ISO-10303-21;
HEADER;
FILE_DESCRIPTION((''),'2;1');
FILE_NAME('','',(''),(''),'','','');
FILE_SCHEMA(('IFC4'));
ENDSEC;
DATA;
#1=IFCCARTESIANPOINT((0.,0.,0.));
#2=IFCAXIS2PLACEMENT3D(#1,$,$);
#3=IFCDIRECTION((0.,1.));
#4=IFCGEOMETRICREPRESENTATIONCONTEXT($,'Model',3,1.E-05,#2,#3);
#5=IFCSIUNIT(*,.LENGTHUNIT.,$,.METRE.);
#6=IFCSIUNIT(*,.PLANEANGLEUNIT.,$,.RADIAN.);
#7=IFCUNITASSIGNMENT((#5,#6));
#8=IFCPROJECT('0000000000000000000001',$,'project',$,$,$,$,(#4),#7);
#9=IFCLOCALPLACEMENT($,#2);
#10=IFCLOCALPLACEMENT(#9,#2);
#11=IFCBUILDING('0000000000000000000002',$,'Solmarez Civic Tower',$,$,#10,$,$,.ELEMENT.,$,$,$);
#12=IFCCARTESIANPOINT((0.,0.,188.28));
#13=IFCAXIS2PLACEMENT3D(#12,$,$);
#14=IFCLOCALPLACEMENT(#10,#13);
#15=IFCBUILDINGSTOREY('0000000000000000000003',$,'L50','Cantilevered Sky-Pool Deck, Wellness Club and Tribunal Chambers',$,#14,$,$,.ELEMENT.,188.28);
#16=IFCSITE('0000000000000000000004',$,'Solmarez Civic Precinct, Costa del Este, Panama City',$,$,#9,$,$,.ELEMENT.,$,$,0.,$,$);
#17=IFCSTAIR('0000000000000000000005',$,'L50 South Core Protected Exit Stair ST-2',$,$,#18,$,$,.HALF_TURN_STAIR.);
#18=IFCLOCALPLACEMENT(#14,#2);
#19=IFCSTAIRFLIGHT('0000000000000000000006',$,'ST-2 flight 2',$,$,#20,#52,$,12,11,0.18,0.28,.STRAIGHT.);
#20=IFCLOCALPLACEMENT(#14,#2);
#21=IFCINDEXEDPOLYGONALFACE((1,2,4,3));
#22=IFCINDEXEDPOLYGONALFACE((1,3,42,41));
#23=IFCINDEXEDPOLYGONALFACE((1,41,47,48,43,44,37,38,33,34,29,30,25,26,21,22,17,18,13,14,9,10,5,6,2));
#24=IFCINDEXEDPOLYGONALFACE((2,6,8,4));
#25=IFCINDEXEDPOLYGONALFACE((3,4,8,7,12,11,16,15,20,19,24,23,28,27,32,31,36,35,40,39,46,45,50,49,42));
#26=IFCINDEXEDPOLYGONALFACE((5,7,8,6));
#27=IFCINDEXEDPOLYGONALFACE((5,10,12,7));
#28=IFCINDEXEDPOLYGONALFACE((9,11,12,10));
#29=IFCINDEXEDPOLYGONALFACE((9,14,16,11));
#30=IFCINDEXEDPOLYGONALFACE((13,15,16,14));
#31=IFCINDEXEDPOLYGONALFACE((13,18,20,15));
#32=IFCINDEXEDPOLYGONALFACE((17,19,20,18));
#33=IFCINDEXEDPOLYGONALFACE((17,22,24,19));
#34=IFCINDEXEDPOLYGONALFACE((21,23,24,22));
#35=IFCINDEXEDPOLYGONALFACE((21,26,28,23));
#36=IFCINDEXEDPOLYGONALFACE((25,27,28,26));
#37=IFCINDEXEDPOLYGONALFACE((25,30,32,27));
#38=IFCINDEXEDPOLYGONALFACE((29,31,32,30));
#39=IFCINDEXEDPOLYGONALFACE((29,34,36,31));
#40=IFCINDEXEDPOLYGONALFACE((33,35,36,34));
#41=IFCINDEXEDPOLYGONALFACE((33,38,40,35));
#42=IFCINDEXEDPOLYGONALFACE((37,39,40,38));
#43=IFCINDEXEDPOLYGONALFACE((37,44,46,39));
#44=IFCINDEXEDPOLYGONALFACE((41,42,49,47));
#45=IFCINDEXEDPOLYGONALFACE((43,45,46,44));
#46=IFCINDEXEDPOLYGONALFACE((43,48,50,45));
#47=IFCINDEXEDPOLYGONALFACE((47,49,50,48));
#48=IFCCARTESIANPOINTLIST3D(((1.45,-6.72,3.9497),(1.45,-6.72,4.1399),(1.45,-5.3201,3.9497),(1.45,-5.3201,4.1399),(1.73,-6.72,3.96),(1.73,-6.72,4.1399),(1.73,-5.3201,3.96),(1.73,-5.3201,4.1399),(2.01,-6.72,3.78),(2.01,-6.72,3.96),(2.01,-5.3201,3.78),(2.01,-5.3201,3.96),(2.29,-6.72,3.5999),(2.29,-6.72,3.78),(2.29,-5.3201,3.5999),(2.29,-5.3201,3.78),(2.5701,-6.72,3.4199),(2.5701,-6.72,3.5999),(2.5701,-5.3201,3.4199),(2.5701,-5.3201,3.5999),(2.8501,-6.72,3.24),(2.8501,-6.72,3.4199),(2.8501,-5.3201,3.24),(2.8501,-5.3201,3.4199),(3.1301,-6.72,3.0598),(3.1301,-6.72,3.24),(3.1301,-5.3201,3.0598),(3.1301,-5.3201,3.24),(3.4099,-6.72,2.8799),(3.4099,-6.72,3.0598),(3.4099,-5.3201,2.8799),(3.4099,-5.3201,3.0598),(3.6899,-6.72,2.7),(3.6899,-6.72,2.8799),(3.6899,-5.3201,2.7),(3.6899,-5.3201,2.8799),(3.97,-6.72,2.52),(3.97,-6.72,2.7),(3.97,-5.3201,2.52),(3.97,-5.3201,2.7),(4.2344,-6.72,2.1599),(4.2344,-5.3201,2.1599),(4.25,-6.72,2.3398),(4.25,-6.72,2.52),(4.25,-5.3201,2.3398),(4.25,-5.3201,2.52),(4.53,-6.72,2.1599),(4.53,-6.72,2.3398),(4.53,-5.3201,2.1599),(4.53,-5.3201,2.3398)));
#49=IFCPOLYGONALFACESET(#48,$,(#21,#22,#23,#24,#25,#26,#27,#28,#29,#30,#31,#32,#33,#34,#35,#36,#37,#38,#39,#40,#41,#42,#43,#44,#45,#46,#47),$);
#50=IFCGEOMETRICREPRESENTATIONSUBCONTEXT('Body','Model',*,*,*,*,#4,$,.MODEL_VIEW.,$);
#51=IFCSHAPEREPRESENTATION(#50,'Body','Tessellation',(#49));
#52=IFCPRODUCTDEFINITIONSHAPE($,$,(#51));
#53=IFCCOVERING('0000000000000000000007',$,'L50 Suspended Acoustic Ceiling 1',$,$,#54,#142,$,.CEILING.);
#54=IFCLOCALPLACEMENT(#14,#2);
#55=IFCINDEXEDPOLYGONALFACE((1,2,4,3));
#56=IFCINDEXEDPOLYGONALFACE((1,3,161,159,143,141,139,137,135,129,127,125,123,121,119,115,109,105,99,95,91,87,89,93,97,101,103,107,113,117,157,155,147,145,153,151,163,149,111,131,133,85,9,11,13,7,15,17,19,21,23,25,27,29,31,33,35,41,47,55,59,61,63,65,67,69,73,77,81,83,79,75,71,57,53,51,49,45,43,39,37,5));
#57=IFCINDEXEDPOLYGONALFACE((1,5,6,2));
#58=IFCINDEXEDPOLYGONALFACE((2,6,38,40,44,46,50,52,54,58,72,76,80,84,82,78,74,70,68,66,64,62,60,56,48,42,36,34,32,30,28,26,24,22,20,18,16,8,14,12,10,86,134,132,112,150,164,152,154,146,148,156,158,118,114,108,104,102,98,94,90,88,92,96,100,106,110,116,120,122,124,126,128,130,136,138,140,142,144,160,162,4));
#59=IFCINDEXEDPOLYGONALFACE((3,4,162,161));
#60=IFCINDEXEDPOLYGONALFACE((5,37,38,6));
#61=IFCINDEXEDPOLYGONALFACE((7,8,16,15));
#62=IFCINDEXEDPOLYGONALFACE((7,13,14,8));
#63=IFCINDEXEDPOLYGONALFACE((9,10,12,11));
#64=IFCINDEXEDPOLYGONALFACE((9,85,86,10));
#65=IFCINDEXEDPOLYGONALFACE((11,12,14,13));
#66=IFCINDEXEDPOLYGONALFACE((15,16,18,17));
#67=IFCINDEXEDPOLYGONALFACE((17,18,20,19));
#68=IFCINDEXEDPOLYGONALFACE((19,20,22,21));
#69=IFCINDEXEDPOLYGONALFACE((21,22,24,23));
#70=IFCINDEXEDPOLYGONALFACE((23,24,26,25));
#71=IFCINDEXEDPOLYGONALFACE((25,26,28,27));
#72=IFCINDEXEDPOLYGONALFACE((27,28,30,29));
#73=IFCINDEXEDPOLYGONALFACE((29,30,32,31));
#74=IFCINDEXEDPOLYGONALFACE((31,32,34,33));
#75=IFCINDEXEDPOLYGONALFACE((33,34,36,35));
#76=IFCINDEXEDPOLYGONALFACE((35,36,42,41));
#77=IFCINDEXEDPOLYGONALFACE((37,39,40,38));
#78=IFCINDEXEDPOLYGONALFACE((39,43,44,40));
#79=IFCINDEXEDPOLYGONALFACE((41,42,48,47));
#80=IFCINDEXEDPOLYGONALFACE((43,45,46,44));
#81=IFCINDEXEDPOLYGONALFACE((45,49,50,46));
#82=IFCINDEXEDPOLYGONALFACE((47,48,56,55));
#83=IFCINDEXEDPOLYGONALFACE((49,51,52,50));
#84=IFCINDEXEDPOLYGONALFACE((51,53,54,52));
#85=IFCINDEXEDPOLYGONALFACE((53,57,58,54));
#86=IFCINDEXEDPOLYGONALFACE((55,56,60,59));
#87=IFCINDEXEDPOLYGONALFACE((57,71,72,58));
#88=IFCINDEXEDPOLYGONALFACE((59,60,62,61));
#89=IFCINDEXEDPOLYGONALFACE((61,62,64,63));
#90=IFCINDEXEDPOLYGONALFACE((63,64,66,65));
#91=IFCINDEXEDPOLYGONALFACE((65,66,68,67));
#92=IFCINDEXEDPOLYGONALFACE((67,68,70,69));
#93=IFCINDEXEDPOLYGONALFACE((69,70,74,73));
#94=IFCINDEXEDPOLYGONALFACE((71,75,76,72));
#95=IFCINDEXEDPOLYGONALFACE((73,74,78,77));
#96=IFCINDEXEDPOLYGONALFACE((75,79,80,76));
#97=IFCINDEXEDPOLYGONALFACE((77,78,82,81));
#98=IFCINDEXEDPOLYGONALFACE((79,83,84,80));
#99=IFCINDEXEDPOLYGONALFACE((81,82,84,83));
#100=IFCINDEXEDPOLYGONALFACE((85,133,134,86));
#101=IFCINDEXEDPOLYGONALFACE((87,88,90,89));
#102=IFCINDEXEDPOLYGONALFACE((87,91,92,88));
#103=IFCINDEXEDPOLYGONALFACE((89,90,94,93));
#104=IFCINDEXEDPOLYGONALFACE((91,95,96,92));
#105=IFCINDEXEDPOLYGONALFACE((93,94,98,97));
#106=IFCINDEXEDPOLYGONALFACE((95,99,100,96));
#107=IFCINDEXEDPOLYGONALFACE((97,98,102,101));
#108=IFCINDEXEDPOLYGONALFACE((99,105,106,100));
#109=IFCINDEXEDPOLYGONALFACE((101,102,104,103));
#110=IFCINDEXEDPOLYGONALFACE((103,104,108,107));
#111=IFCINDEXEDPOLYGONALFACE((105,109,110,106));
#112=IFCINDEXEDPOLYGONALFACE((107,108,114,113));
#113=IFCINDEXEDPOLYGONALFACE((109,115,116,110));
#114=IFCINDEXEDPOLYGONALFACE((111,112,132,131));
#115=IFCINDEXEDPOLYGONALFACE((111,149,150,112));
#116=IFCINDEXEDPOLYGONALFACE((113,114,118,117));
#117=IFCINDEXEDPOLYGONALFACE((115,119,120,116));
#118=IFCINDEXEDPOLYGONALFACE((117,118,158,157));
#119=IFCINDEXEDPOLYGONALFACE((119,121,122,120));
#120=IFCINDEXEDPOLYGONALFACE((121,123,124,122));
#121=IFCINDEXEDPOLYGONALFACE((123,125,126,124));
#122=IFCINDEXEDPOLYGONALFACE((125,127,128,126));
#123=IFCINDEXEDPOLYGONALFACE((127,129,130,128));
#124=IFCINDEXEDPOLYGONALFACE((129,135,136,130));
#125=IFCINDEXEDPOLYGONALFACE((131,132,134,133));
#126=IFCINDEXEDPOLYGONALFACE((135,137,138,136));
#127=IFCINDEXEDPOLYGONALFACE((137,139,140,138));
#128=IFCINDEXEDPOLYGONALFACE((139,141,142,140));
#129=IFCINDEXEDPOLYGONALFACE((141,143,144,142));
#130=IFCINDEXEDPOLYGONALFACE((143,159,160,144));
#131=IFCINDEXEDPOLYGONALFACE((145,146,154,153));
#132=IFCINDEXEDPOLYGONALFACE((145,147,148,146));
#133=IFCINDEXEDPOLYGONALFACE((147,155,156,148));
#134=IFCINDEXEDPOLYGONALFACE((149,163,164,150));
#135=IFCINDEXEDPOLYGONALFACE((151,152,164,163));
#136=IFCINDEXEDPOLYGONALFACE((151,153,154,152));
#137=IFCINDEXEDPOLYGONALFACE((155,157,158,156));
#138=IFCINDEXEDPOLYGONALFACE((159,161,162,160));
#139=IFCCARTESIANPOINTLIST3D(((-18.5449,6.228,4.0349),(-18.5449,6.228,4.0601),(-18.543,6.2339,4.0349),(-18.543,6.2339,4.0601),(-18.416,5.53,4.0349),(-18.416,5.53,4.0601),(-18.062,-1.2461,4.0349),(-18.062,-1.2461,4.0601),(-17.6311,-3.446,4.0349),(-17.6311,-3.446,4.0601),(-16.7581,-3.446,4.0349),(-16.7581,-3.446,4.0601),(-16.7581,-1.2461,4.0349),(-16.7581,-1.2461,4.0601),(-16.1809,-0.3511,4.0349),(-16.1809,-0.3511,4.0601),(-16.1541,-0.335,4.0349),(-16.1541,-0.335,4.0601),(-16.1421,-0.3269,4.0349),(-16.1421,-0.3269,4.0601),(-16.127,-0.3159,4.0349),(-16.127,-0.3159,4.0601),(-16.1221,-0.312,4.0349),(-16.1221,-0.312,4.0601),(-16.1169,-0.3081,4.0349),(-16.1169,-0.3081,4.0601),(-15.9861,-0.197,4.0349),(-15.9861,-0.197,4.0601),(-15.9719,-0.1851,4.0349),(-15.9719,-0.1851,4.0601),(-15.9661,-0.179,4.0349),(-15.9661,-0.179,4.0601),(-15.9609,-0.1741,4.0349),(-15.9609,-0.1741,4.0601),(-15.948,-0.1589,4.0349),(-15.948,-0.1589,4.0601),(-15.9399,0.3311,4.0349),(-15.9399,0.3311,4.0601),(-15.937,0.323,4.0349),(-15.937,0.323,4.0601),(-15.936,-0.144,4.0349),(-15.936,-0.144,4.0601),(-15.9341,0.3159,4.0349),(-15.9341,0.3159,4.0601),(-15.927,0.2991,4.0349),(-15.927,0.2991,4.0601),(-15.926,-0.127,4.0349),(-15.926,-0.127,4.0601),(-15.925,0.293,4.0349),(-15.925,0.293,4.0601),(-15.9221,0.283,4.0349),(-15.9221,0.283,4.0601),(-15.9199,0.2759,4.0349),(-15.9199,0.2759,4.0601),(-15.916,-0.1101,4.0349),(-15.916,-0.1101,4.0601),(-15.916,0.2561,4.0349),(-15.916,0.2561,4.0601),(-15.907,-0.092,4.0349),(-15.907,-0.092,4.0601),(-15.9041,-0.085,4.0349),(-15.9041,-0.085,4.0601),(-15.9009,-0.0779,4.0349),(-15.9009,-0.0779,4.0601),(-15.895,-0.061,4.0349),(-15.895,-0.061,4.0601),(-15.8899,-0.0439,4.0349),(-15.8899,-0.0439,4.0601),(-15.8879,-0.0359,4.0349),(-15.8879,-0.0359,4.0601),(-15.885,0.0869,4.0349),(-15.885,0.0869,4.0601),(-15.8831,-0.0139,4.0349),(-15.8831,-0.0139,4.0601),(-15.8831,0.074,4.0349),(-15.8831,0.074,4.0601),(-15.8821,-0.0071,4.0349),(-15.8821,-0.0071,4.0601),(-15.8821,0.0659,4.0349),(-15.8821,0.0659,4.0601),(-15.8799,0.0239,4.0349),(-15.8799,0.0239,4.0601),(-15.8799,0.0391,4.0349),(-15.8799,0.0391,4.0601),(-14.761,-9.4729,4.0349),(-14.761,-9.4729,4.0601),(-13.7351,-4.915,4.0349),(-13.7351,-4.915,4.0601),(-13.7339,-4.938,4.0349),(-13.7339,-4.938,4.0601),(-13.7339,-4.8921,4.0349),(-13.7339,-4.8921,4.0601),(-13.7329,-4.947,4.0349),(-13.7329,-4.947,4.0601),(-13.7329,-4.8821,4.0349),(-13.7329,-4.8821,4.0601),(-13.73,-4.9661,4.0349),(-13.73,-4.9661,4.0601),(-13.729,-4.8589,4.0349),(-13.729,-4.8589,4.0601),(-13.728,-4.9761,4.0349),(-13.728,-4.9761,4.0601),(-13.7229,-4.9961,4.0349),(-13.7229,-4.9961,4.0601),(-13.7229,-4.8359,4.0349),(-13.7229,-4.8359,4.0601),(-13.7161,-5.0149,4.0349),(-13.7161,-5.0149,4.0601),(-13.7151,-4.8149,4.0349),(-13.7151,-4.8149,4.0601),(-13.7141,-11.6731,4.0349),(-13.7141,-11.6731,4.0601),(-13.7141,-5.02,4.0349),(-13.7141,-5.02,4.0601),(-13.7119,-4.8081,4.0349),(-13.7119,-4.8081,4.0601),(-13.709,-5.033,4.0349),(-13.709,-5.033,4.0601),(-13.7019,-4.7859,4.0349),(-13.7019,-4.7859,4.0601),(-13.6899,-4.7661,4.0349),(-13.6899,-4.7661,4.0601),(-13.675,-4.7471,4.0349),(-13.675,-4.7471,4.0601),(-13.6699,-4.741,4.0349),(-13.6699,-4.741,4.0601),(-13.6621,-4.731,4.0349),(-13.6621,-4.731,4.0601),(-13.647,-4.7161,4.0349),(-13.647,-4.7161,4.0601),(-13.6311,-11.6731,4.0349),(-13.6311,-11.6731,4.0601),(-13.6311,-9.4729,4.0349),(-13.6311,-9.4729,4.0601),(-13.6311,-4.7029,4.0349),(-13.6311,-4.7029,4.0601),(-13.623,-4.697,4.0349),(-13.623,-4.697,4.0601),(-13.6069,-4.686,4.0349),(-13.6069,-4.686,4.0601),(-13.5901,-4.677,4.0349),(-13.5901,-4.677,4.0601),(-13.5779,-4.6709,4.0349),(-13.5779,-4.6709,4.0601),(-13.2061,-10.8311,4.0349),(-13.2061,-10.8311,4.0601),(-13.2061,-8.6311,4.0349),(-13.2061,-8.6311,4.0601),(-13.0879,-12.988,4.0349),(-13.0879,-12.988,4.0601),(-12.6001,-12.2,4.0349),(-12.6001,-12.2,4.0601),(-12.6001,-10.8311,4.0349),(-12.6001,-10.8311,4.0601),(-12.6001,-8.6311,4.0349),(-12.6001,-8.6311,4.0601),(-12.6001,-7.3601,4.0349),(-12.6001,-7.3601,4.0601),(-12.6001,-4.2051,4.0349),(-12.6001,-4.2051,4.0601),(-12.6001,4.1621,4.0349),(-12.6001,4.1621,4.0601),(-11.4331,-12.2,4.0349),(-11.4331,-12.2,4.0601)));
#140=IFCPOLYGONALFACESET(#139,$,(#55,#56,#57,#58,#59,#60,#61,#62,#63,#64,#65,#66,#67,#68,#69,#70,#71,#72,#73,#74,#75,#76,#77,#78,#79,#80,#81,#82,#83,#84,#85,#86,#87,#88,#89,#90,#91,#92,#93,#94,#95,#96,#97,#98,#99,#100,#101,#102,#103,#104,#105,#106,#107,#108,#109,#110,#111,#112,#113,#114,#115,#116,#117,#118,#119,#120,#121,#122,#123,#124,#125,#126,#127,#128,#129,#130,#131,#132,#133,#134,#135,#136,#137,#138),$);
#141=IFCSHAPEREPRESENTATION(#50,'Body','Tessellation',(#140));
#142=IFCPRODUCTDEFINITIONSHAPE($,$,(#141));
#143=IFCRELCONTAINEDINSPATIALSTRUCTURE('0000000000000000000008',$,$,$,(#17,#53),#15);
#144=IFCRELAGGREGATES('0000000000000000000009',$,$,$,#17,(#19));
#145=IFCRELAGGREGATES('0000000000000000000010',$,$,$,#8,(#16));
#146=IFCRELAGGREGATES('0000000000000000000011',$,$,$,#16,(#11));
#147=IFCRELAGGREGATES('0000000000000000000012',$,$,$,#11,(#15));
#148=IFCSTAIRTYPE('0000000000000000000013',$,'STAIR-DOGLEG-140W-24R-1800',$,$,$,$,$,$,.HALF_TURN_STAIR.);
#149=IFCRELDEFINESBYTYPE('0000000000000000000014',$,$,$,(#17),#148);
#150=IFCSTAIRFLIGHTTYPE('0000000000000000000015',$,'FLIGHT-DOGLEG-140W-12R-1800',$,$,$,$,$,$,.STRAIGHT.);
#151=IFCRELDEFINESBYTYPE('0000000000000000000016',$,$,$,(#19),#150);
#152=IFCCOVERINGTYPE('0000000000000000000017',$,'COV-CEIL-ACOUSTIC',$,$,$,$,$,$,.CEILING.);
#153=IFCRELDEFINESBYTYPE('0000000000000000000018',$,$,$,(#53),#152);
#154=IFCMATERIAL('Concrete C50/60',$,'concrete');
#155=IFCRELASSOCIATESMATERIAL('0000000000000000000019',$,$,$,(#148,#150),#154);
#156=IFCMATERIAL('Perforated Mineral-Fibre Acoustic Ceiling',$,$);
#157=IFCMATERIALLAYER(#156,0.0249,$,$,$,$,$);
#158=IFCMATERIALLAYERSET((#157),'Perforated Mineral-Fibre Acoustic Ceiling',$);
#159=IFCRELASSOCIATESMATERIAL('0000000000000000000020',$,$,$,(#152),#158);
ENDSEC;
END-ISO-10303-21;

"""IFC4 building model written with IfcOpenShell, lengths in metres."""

from ifc_helpers import new_model, si_unit, direction, frame, origin, place, context, subcontext, project, spatial, polyline, outline, extrude, material, layer, layer_set, type_object, element, aggregate, save


model = new_model("IFC4")

# Units and contexts
model_context = context("Model", 3, precision=1e-05, world=origin(), true_north=direction((0.0, 1.0)))
body_context = subcontext(model_context, "Body", "Model", "MODEL_VIEW")
ifc_project = project(units=[si_unit("LENGTHUNIT", "METRE"), si_unit("PLANEANGLEUNIT", "RADIAN")], contexts=[model_context])

# Site, building, storey
site_placement = place(None, origin())
site = spatial("IfcSite", under=ifc_project, at=site_placement, Name="Solmarez Civic Precinct, Costa del Este, Panama City", CompositionType="ELEMENT", RefElevation=0.0)
building_placement = place(site_placement, origin())
building = spatial("IfcBuilding", under=site, at=building_placement, Name="Solmarez Civic Tower", CompositionType="ELEMENT")
storey_placement = place(building_placement, frame((0.0, 0.0, 188.28)))
storey = spatial("IfcBuildingStorey", under=building, at=storey_placement, Name="L50", Description="Cantilevered Sky-Pool Deck, Wellness Club and Tribunal Chambers", CompositionType="ELEMENT", Elevation=188.28)

# Shared definitions
ifc_material_1 = material(Name="Concrete C50/60", Category="concrete")

# Stair
stair_type = type_object("IfcStairType", Name="STAIR-DOGLEG-140W-24R-1800", PredefinedType="HALF_TURN_STAIR", material=ifc_material_1)
stair_1_placement = place(storey_placement, origin())
stair_1 = element("IfcStair", 1, at=stair_1_placement, inside=storey, type_object=stair_type, Name="L50 South Core Protected Exit Stair ST-2", PredefinedType="HALF_TURN_STAIR")

# Stair flight
stair_flight_type = type_object("IfcStairFlightType", Name="FLIGHT-DOGLEG-140W-12R-1800", PredefinedType="STRAIGHT", material=ifc_material_1)
stair_flight_1_placement = place(storey_placement, frame((4.53, -6.02, 2.1599), z_axis=(0.0, 0.0, 1.0), x_axis=(-1.0, 0.0, 0.0)))
stair_flight_1 = element("IfcStairFlight", 2, at=stair_flight_1_placement, type_object=stair_flight_type, Name="ST-2 flight 2", NumberOfRisers=12, NumberOfTreads=11, PredefinedType="STRAIGHT", RiserHeight=0.18, TreadLength=0.28, context=body_context, shape_type="SweptSolid", body=[
    extrude(outline(polyline([(0.0, 0.0), (0.0, 0.1799), (0.28, 0.1799), (0.28, 0.3601), (0.5601, 0.3601), (0.5601, 0.54), (0.8401, 0.54), (0.8401, 0.72), (1.1201, 0.72), (1.1201, 0.8999), (1.3999, 0.8999), (1.3999, 1.0801), (1.6799, 1.0801), (1.6799, 1.26), (1.96, 1.26), (1.96, 1.4399), (2.24, 1.4399), (2.24, 1.6201), (2.52, 1.6201), (2.52, 1.8), (2.8, 1.8), (2.8, 1.98), (3.0801, 1.98), (3.0801, 2.1599), (3.0801, 1.7898), (0.2957, 0.0), (0.0, 0.0)])), frame((0.0, 0.7, 0.0), z_axis=(0.0, -1.0, 0.0), x_axis=(1.0, 0.0, 0.0)), (0.0, 0.0, 1.0), 1.3999),
])
aggregate(stair_1, [stair_flight_1])

# Covering
ifc_material_2 = material(Name="Perforated Mineral-Fibre Acoustic Ceiling")
ifc_layer_1 = layer(ifc_material_2, 0.0249)
ifc_layer_set_1 = layer_set([ifc_layer_1], Name="Perforated Mineral-Fibre Acoustic Ceiling")
covering_type_1 = type_object("IfcCoveringType", Name="COV-CEIL-ACOUSTIC", PredefinedType="CEILING", material=ifc_layer_set_1)
covering_1_placement = place(storey_placement, frame((0.0, 0.0, 4.0349)))
element("IfcCovering", 3, at=covering_1_placement, inside=storey, type_object=covering_type_1, Name="L50 Suspended Acoustic Ceiling 1", PredefinedType="CEILING", context=body_context, shape_type="SweptSolid", body=[
    extrude(outline(polyline([(-15.926, -0.127), (-15.936, -0.144), (-15.948, -0.1589), (-15.9609, -0.1741), (-15.9661, -0.179), (-15.9719, -0.1851), (-15.9861, -0.197), (-16.1169, -0.3081), (-16.1221, -0.312), (-16.127, -0.3159), (-16.1421, -0.3269), (-16.1541, -0.335), (-16.1809, -0.3511), (-18.062, -1.2461), (-16.7581, -1.2461), (-16.7581, -3.446), (-17.6311, -3.446), (-14.761, -9.4729), (-13.6311, -9.4729), (-13.6311, -11.6731), (-13.7141, -11.6731), (-13.0879, -12.988), (-11.4331, -12.2), (-12.6001, -12.2), (-12.6001, -10.8311), (-13.2061, -10.8311), (-13.2061, -8.6311), (-12.6001, -8.6311), (-12.6001, -7.3601), (-13.709, -5.033), (-13.7141, -5.02), (-13.7161, -5.0149), (-13.7229, -4.9961), (-13.728, -4.9761), (-13.73, -4.9661), (-13.7329, -4.947), (-13.7339, -4.938), (-13.7351, -4.915), (-13.7339, -4.8921), (-13.7329, -4.8821), (-13.729, -4.8589), (-13.7229, -4.8359), (-13.7151, -4.8149), (-13.7119, -4.8081), (-13.7019, -4.7859), (-13.6899, -4.7661), (-13.675, -4.7471), (-13.6699, -4.741), (-13.6621, -4.731), (-13.647, -4.7161), (-13.6311, -4.7029), (-13.623, -4.697), (-13.6069, -4.686), (-13.5901, -4.677), (-13.5779, -4.6709), (-12.6001, -4.2051), (-12.6001, 4.1621), (-18.543, 6.2339), (-18.5449, 6.228), (-18.416, 5.53), (-15.9399, 0.3311), (-15.937, 0.323), (-15.9341, 0.3159), (-15.927, 0.2991), (-15.925, 0.293), (-15.9221, 0.283), (-15.9199, 0.2759), (-15.916, 0.2561), (-15.885, 0.0869), (-15.8831, 0.074), (-15.8821, 0.0659), (-15.8799, 0.0391), (-15.8799, 0.0239), (-15.8821, -0.0071), (-15.8831, -0.0139), (-15.8879, -0.0359), (-15.8899, -0.0439), (-15.895, -0.061), (-15.9009, -0.0779), (-15.9041, -0.085), (-15.907, -0.092), (-15.916, -0.1101), (-15.926, -0.127)])), origin(), (0.0, 0.0, 1.0), 0.0251),
])

save(model, "model.ifc")
